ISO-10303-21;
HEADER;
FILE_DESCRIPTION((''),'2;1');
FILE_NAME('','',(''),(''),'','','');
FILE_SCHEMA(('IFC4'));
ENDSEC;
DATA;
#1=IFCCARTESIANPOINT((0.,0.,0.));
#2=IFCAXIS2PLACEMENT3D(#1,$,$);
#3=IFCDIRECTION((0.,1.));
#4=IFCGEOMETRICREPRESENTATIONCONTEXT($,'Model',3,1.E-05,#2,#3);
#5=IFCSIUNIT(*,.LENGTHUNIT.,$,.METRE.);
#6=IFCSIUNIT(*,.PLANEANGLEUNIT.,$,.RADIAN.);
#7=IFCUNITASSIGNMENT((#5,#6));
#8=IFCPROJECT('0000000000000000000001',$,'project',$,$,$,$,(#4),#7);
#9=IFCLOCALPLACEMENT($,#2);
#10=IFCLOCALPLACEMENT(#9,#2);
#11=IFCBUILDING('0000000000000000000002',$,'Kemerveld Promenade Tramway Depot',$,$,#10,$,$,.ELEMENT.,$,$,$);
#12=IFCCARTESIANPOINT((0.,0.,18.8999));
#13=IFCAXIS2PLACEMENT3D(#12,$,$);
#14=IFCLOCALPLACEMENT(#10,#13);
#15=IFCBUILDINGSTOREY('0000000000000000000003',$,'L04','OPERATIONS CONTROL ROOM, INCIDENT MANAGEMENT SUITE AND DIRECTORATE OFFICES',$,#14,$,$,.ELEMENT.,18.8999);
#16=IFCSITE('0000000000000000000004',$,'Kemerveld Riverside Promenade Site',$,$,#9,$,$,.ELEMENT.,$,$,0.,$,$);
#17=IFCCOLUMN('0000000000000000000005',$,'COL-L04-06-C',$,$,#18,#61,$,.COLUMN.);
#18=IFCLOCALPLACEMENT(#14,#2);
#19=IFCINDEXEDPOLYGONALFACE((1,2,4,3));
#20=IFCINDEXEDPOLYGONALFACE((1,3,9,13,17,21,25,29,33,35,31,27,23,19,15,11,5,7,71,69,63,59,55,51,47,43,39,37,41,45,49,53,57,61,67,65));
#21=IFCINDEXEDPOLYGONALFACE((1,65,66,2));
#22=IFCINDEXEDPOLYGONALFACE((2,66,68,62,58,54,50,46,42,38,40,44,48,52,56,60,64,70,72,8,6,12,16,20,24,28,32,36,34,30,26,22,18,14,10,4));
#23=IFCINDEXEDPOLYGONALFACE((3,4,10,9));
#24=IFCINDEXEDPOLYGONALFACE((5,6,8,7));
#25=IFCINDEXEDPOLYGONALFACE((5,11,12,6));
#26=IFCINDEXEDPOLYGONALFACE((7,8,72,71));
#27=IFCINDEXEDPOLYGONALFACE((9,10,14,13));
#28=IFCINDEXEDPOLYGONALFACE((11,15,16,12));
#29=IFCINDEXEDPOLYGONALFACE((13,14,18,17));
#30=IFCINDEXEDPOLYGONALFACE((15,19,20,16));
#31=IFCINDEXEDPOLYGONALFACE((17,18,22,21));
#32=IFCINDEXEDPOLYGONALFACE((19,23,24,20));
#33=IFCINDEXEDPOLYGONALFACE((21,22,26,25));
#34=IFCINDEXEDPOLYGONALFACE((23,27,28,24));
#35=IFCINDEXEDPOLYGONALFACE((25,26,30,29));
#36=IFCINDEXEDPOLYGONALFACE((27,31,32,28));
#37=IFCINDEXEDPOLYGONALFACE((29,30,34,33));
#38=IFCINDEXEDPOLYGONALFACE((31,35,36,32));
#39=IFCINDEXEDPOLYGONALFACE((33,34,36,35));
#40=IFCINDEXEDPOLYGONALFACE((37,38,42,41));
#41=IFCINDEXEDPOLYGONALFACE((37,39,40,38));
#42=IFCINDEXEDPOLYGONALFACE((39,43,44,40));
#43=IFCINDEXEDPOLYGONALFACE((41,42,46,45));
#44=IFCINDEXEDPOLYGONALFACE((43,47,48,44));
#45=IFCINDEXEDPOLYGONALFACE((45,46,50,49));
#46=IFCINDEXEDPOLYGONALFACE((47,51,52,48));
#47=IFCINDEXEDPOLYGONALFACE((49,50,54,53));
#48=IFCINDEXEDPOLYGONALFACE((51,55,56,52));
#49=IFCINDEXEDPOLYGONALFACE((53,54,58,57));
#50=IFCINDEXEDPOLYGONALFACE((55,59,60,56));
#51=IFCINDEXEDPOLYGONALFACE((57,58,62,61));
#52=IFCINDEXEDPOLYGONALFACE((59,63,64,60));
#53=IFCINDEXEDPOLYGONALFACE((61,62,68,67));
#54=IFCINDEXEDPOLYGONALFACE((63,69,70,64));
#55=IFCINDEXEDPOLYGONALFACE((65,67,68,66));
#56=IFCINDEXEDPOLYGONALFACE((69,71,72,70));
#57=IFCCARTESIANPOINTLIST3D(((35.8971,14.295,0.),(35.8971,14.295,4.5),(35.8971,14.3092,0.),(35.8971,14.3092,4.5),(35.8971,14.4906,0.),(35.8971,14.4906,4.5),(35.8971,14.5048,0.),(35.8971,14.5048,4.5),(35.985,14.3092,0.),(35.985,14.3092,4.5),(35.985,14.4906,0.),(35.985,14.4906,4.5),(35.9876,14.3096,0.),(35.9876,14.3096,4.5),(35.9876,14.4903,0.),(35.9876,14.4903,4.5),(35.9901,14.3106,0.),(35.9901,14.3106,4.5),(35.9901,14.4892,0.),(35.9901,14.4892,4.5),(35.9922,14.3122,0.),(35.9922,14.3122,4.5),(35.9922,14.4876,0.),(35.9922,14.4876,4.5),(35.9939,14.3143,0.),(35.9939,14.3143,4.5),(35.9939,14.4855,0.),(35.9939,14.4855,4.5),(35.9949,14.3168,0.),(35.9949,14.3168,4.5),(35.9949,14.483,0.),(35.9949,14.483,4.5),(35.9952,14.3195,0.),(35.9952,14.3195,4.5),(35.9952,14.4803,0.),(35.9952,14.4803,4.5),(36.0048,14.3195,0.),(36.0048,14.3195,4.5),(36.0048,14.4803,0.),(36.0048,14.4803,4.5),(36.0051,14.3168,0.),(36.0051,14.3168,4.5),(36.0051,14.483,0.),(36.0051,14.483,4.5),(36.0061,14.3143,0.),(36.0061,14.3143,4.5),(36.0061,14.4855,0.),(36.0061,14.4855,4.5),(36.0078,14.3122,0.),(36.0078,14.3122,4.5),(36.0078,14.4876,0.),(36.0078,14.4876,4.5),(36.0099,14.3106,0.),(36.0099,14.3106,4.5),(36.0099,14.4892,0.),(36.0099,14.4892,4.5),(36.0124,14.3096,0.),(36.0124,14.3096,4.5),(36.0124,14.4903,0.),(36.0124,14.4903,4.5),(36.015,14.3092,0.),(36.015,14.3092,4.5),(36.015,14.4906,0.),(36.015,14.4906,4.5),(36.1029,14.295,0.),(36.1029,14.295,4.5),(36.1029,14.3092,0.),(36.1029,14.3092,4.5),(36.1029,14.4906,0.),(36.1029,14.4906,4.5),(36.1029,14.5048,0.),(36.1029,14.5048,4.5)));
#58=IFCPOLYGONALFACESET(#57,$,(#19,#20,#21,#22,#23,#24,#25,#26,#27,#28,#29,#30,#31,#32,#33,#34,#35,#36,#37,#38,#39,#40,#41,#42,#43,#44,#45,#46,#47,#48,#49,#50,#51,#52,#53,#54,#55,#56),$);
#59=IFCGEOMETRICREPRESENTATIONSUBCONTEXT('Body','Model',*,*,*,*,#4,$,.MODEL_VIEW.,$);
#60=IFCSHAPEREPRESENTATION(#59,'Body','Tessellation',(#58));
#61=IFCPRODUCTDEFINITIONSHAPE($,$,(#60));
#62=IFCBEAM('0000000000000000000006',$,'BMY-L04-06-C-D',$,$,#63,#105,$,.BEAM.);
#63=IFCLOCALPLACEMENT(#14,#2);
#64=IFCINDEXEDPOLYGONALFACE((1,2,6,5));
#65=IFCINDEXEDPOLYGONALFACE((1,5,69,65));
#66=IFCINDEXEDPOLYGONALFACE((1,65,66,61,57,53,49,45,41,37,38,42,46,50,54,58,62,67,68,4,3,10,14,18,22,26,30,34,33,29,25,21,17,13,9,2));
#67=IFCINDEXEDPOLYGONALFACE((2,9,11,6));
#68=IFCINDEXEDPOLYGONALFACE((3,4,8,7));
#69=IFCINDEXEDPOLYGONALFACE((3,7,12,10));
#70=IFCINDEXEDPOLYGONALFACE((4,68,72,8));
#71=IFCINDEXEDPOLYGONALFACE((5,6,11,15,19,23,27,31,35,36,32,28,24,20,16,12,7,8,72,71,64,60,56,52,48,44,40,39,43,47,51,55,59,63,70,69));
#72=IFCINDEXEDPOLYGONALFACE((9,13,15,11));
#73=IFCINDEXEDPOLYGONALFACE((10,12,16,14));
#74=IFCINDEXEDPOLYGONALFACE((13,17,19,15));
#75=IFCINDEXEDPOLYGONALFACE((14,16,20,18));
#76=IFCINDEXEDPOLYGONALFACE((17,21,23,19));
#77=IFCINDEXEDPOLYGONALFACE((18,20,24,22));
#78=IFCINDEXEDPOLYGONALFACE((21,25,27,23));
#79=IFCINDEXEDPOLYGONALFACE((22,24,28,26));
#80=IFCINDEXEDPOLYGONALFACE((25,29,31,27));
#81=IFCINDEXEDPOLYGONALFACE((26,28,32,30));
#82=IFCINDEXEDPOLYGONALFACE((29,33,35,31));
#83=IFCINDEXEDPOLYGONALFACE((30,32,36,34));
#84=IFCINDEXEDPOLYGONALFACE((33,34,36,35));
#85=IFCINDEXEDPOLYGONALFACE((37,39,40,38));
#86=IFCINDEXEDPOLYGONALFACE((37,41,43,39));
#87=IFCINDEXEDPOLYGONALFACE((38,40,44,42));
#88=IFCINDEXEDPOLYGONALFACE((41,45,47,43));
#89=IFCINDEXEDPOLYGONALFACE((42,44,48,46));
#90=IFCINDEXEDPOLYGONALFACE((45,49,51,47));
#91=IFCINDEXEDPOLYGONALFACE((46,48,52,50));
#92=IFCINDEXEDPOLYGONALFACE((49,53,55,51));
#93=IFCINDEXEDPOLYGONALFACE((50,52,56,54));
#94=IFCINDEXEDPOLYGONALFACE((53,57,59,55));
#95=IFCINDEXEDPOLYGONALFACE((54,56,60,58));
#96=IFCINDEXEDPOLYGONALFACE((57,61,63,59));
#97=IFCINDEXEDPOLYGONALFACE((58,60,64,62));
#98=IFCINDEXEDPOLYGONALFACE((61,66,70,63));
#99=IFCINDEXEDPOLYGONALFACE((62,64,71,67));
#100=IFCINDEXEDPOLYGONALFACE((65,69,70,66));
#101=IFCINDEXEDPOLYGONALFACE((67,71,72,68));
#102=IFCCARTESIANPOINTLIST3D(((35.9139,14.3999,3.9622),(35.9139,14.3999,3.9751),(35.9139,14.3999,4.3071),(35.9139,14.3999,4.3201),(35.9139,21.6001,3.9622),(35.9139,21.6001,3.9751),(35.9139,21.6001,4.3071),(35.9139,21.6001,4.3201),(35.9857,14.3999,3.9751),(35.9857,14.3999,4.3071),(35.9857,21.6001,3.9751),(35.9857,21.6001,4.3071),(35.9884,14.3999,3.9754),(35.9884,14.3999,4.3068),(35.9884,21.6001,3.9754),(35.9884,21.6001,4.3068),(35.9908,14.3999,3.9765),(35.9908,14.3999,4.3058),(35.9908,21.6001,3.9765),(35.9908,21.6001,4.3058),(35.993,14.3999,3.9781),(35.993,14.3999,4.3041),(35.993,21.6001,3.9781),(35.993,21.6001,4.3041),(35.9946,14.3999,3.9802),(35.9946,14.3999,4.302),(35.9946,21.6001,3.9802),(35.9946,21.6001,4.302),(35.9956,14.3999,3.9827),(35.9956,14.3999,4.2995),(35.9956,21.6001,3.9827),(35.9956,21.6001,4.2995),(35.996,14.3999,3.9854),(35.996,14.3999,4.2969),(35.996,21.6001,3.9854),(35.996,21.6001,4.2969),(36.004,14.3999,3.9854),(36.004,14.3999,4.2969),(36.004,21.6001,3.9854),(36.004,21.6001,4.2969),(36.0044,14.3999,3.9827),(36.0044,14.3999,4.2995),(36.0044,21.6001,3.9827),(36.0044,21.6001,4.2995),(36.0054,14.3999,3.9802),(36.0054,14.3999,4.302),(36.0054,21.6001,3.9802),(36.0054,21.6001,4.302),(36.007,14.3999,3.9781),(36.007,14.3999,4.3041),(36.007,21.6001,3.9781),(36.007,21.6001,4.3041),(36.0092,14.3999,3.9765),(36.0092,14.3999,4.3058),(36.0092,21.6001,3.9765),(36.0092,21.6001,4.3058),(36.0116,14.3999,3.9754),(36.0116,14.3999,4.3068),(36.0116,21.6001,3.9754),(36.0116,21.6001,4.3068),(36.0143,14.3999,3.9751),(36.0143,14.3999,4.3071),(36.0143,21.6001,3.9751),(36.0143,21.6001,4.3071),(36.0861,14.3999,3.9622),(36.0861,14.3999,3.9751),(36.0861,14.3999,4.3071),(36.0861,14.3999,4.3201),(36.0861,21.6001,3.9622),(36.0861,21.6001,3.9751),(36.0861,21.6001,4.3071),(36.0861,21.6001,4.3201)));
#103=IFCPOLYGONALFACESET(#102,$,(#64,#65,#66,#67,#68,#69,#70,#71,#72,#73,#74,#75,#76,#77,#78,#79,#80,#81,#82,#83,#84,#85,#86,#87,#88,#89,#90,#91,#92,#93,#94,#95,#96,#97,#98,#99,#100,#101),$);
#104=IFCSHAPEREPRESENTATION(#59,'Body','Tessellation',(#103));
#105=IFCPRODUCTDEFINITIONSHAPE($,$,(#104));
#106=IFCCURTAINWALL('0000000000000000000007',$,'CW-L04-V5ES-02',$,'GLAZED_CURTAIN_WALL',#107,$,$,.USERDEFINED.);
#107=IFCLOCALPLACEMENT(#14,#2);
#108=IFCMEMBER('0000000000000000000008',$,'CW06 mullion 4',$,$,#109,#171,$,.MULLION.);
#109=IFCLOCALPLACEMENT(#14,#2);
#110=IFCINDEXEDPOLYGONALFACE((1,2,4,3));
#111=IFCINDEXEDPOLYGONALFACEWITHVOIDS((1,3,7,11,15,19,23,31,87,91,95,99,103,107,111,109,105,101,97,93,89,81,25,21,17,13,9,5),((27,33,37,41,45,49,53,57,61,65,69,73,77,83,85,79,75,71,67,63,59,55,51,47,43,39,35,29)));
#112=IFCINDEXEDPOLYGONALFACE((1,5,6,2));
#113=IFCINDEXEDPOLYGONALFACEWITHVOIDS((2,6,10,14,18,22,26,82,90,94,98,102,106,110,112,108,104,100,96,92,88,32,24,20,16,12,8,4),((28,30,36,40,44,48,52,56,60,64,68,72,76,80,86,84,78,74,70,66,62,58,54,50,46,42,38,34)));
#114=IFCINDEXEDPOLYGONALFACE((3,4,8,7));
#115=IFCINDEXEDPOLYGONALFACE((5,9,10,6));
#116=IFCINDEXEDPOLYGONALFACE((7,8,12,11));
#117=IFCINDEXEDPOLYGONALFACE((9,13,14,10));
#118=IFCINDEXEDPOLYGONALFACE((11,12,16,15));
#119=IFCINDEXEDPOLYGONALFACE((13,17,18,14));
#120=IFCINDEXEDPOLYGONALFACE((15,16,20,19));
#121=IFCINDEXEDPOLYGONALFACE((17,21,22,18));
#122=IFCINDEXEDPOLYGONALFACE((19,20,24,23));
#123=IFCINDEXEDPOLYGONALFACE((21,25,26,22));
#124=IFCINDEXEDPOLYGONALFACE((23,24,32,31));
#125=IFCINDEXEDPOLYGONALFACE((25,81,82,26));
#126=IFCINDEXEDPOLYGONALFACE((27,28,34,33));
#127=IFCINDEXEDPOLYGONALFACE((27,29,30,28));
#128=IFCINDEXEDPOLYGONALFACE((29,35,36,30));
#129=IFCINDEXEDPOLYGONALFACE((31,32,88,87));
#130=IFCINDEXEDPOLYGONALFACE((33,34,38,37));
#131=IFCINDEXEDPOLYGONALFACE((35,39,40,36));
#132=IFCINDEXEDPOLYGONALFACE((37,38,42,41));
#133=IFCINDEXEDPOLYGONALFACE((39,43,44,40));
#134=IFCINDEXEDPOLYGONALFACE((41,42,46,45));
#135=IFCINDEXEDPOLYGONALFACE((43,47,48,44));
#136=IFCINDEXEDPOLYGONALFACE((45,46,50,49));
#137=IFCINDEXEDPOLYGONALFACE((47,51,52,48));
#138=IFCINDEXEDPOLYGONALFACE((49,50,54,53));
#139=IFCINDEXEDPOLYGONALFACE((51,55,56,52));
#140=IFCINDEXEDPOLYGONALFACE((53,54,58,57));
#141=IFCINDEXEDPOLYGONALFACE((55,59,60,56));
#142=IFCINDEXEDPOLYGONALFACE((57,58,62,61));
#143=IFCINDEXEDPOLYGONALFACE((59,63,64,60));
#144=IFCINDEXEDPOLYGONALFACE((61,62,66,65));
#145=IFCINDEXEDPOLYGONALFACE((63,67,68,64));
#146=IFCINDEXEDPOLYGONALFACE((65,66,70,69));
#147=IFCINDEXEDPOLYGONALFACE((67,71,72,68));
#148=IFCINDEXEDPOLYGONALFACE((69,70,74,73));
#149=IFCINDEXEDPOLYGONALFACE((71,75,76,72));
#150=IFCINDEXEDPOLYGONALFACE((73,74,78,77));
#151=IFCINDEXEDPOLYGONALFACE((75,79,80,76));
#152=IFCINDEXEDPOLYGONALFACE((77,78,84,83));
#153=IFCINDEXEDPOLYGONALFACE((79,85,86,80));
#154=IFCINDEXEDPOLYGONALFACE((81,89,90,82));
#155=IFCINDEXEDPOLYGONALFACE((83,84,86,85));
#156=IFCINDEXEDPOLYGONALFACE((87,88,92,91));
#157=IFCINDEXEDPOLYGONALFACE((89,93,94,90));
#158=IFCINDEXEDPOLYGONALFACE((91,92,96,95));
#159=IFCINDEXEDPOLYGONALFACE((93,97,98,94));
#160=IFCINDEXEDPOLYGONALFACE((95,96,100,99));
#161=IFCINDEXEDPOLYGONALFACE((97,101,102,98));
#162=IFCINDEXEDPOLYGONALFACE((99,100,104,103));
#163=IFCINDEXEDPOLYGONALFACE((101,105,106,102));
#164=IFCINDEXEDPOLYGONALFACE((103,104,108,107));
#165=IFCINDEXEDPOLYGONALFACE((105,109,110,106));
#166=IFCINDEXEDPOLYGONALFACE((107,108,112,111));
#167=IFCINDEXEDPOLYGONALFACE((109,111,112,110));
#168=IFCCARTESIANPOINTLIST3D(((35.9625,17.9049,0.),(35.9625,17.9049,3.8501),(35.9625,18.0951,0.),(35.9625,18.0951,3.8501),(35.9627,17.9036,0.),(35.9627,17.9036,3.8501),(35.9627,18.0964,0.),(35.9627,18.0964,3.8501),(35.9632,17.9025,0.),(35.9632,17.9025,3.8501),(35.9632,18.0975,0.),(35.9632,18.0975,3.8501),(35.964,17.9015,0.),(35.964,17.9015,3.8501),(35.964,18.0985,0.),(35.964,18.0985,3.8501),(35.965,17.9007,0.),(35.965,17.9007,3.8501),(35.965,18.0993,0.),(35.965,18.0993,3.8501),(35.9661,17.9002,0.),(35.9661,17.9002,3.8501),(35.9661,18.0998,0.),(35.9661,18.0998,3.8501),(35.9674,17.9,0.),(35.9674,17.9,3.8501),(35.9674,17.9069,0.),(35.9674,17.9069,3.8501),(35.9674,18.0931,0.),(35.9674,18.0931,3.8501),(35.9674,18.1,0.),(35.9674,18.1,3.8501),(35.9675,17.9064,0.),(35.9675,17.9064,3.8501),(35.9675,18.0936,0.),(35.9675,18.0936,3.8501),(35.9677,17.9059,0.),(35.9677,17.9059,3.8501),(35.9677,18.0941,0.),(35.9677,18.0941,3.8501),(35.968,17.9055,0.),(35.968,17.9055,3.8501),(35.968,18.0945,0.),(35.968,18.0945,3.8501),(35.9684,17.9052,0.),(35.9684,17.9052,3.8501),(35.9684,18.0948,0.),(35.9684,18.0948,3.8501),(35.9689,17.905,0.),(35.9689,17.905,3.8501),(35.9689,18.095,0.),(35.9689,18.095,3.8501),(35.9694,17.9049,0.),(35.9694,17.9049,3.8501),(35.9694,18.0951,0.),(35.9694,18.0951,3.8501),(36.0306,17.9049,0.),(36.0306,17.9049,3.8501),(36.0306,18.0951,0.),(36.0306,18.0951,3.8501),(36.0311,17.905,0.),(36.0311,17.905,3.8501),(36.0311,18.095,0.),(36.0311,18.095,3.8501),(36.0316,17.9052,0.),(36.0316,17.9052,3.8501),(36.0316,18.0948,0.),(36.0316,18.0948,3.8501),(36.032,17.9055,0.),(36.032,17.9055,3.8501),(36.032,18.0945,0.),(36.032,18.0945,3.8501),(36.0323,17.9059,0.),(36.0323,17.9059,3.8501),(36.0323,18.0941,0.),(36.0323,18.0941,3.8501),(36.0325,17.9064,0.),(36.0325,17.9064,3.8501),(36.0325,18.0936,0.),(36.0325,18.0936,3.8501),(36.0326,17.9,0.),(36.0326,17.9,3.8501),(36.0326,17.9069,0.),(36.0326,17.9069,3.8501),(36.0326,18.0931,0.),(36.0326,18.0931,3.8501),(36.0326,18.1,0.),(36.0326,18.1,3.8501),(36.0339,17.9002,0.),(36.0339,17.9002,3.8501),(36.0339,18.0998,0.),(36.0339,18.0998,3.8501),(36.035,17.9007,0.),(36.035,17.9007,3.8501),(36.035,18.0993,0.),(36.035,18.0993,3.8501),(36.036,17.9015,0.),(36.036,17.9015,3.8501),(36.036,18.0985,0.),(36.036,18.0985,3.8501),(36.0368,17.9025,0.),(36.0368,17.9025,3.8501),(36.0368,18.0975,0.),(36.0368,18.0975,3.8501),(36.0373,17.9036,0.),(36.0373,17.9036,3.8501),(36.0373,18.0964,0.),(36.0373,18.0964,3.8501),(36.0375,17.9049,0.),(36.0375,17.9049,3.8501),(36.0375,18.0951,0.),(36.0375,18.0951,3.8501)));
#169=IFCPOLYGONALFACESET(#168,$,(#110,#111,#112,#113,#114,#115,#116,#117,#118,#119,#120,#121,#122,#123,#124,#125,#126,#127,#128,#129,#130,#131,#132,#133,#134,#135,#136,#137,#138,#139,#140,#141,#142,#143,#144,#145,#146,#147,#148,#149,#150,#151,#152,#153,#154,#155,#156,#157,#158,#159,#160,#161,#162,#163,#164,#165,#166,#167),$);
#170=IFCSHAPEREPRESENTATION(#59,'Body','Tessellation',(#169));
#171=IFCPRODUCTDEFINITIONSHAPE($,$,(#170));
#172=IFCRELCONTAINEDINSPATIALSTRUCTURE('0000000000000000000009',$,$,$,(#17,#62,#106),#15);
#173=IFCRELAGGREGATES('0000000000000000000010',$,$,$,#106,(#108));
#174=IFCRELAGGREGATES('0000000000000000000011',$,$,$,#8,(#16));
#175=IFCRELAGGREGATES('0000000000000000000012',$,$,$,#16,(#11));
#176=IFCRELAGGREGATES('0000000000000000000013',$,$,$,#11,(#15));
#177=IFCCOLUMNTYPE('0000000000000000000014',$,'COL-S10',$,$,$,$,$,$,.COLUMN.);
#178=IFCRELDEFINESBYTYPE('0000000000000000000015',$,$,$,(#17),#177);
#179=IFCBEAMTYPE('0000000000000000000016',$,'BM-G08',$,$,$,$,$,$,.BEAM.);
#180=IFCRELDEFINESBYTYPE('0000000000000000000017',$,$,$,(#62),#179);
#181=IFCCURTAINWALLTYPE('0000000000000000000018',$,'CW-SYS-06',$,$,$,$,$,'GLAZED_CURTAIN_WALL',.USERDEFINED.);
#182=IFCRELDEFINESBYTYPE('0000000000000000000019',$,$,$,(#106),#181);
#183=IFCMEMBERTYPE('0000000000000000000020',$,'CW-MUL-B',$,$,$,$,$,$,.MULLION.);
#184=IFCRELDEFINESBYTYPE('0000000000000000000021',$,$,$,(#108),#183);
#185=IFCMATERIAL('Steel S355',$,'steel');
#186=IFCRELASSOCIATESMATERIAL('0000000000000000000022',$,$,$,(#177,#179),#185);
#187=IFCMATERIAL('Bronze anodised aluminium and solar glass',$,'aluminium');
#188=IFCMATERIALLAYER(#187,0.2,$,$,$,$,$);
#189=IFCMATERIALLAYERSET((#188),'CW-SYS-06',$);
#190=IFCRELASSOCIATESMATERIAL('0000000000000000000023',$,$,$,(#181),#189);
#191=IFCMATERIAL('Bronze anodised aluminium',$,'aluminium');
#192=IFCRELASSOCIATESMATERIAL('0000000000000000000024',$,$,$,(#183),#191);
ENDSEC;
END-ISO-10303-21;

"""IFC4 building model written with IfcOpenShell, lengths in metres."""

from ifc_helpers import new_model, si_unit, direction, frame, origin, origin_2d, place, context, subcontext, project, spatial, hollow_rectangle, i_section, extrude, material, layer, layer_set, material_profile, profile_set, type_object, element, aggregate, save


model = new_model("IFC4")

# Units and contexts
model_context = context("Model", 3, precision=1e-05, world=origin(), true_north=direction((0.0, 1.0)))
body_context = subcontext(model_context, "Body", "Model", "MODEL_VIEW")
ifc_project = project(units=[si_unit("LENGTHUNIT", "METRE"), si_unit("PLANEANGLEUNIT", "RADIAN")], contexts=[model_context])

# Site, building, storey
site_placement = place(None, origin())
site = spatial("IfcSite", under=ifc_project, at=site_placement, Name="Kemerveld Riverside Promenade Site", CompositionType="ELEMENT", RefElevation=0.0)
building_placement = place(site_placement, origin())
building = spatial("IfcBuilding", under=site, at=building_placement, Name="Kemerveld Promenade Tramway Depot", CompositionType="ELEMENT")
storey_placement = place(building_placement, frame((0.0, 0.0, 18.8999)))
storey = spatial("IfcBuildingStorey", under=building, at=storey_placement, Name="L04", Description="OPERATIONS CONTROL ROOM, INCIDENT MANAGEMENT SUITE AND DIRECTORATE OFFICES", CompositionType="ELEMENT", Elevation=18.8999)

# Column
ifc_material_1 = material(Name="Steel S355", Category="steel")
ifc_material_profile_1 = material_profile(ifc_material_1, i_section(OverallWidth=0.2058, OverallDepth=0.2097, WebThickness=0.0095, FlangeThickness=0.0142, FilletRadius=0.0103, at=origin_2d()), Name="203x203x60 UC")
ifc_profile_set_1 = profile_set([ifc_material_profile_1], Name="Steel S355")
column_type = type_object("IfcColumnType", Name="COL-S10", PredefinedType="COLUMN", material=ifc_profile_set_1)
column_placement = place(storey_placement, frame((36.0, 14.3999, 0.0), z_axis=(0.0, 0.0, 1.0), x_axis=(1.0, 0.0, 0.0)))
element("IfcColumn", 1, at=column_placement, inside=storey, type_object=column_type, Name="COL-L04-06-C", PredefinedType="COLUMN", context=body_context, shape_type="SweptSolid", body=[
    extrude(i_section(OverallWidth=0.2058, OverallDepth=0.2097, WebThickness=0.0095, FlangeThickness=0.0142, FilletRadius=0.0103, at=origin_2d()), origin(), (0.0, 0.0, 1.0), 4.5),
])

# Beam
ifc_material_profile_2 = material_profile(ifc_material_1, i_section(OverallWidth=0.1721, OverallDepth=0.3579, WebThickness=0.0081, FlangeThickness=0.0129, FilletRadius=0.0103, at=origin_2d()), Name="356x171x57 UB")
ifc_profile_set_2 = profile_set([ifc_material_profile_2], Name="Steel S355")
beam_type = type_object("IfcBeamType", Name="BM-G08", PredefinedType="BEAM", material=ifc_profile_set_2)
beam_placement = place(storey_placement, frame((36.0, 14.3999, 4.1411), z_axis=(0.0, 1.0, 0.0), x_axis=(-1.0, 0.0, 0.0)))
element("IfcBeam", 2, at=beam_placement, inside=storey, type_object=beam_type, Name="BMY-L04-06-C-D", PredefinedType="BEAM", context=body_context, shape_type="SweptSolid", body=[
    extrude(i_section(OverallWidth=0.1721, OverallDepth=0.3579, WebThickness=0.0081, FlangeThickness=0.0129, FilletRadius=0.0103, at=origin_2d()), origin(), (0.0, 0.0, 1.0), 7.2002),
])

# Curtain wall, member
ifc_material_2 = material(Name="Bronze anodised aluminium and solar glass", Category="aluminium")
ifc_layer_1 = layer(ifc_material_2, 0.2)
ifc_layer_set_1 = layer_set([ifc_layer_1], Name="CW-SYS-06")
curtain_wall_type = type_object("IfcCurtainWallType", Name="CW-SYS-06", ElementType="GLAZED_CURTAIN_WALL", PredefinedType="USERDEFINED", material=ifc_layer_set_1)
curtain_wall_placement = place(storey_placement, origin())
curtain_wall = element("IfcCurtainWall", 3, at=curtain_wall_placement, inside=storey, type_object=curtain_wall_type, Name="CW-L04-V5ES-02", ObjectType="GLAZED_CURTAIN_WALL", PredefinedType="USERDEFINED")
ifc_material_3 = material(Name="Bronze anodised aluminium", Category="aluminium")
ifc_material_profile_3 = material_profile(ifc_material_3, hollow_rectangle(XDim=0.075, YDim=0.2, WallThickness=0.0049, InnerFilletRadius=0.002, OuterFilletRadius=0.0049, at=origin_2d()), Name="CW-MUL-200x75")
ifc_profile_set_3 = profile_set([ifc_material_profile_3], Name="Bronze anodised aluminium")
member_type_1 = type_object("IfcMemberType", Name="CW-MUL-B", PredefinedType="MULLION", material=ifc_profile_set_3)
member_1_placement = place(storey_placement, frame((36.0, 18.0, 0.0), z_axis=(0.0, 0.0, 1.0), x_axis=(1.0, 0.0, 0.0)))
member_1 = element("IfcMember", 4, at=member_1_placement, type_object=member_type_1, Name="CW06 mullion 4", PredefinedType="MULLION", context=body_context, shape_type="SweptSolid", body=[
    extrude(hollow_rectangle(XDim=0.075, YDim=0.2, WallThickness=0.0049, InnerFilletRadius=0.002, OuterFilletRadius=0.0049, at=origin_2d()), origin(), (0.0, 0.0, 1.0), 3.8501),
])
aggregate(curtain_wall, [member_1])

save(model, "model.ifc")
